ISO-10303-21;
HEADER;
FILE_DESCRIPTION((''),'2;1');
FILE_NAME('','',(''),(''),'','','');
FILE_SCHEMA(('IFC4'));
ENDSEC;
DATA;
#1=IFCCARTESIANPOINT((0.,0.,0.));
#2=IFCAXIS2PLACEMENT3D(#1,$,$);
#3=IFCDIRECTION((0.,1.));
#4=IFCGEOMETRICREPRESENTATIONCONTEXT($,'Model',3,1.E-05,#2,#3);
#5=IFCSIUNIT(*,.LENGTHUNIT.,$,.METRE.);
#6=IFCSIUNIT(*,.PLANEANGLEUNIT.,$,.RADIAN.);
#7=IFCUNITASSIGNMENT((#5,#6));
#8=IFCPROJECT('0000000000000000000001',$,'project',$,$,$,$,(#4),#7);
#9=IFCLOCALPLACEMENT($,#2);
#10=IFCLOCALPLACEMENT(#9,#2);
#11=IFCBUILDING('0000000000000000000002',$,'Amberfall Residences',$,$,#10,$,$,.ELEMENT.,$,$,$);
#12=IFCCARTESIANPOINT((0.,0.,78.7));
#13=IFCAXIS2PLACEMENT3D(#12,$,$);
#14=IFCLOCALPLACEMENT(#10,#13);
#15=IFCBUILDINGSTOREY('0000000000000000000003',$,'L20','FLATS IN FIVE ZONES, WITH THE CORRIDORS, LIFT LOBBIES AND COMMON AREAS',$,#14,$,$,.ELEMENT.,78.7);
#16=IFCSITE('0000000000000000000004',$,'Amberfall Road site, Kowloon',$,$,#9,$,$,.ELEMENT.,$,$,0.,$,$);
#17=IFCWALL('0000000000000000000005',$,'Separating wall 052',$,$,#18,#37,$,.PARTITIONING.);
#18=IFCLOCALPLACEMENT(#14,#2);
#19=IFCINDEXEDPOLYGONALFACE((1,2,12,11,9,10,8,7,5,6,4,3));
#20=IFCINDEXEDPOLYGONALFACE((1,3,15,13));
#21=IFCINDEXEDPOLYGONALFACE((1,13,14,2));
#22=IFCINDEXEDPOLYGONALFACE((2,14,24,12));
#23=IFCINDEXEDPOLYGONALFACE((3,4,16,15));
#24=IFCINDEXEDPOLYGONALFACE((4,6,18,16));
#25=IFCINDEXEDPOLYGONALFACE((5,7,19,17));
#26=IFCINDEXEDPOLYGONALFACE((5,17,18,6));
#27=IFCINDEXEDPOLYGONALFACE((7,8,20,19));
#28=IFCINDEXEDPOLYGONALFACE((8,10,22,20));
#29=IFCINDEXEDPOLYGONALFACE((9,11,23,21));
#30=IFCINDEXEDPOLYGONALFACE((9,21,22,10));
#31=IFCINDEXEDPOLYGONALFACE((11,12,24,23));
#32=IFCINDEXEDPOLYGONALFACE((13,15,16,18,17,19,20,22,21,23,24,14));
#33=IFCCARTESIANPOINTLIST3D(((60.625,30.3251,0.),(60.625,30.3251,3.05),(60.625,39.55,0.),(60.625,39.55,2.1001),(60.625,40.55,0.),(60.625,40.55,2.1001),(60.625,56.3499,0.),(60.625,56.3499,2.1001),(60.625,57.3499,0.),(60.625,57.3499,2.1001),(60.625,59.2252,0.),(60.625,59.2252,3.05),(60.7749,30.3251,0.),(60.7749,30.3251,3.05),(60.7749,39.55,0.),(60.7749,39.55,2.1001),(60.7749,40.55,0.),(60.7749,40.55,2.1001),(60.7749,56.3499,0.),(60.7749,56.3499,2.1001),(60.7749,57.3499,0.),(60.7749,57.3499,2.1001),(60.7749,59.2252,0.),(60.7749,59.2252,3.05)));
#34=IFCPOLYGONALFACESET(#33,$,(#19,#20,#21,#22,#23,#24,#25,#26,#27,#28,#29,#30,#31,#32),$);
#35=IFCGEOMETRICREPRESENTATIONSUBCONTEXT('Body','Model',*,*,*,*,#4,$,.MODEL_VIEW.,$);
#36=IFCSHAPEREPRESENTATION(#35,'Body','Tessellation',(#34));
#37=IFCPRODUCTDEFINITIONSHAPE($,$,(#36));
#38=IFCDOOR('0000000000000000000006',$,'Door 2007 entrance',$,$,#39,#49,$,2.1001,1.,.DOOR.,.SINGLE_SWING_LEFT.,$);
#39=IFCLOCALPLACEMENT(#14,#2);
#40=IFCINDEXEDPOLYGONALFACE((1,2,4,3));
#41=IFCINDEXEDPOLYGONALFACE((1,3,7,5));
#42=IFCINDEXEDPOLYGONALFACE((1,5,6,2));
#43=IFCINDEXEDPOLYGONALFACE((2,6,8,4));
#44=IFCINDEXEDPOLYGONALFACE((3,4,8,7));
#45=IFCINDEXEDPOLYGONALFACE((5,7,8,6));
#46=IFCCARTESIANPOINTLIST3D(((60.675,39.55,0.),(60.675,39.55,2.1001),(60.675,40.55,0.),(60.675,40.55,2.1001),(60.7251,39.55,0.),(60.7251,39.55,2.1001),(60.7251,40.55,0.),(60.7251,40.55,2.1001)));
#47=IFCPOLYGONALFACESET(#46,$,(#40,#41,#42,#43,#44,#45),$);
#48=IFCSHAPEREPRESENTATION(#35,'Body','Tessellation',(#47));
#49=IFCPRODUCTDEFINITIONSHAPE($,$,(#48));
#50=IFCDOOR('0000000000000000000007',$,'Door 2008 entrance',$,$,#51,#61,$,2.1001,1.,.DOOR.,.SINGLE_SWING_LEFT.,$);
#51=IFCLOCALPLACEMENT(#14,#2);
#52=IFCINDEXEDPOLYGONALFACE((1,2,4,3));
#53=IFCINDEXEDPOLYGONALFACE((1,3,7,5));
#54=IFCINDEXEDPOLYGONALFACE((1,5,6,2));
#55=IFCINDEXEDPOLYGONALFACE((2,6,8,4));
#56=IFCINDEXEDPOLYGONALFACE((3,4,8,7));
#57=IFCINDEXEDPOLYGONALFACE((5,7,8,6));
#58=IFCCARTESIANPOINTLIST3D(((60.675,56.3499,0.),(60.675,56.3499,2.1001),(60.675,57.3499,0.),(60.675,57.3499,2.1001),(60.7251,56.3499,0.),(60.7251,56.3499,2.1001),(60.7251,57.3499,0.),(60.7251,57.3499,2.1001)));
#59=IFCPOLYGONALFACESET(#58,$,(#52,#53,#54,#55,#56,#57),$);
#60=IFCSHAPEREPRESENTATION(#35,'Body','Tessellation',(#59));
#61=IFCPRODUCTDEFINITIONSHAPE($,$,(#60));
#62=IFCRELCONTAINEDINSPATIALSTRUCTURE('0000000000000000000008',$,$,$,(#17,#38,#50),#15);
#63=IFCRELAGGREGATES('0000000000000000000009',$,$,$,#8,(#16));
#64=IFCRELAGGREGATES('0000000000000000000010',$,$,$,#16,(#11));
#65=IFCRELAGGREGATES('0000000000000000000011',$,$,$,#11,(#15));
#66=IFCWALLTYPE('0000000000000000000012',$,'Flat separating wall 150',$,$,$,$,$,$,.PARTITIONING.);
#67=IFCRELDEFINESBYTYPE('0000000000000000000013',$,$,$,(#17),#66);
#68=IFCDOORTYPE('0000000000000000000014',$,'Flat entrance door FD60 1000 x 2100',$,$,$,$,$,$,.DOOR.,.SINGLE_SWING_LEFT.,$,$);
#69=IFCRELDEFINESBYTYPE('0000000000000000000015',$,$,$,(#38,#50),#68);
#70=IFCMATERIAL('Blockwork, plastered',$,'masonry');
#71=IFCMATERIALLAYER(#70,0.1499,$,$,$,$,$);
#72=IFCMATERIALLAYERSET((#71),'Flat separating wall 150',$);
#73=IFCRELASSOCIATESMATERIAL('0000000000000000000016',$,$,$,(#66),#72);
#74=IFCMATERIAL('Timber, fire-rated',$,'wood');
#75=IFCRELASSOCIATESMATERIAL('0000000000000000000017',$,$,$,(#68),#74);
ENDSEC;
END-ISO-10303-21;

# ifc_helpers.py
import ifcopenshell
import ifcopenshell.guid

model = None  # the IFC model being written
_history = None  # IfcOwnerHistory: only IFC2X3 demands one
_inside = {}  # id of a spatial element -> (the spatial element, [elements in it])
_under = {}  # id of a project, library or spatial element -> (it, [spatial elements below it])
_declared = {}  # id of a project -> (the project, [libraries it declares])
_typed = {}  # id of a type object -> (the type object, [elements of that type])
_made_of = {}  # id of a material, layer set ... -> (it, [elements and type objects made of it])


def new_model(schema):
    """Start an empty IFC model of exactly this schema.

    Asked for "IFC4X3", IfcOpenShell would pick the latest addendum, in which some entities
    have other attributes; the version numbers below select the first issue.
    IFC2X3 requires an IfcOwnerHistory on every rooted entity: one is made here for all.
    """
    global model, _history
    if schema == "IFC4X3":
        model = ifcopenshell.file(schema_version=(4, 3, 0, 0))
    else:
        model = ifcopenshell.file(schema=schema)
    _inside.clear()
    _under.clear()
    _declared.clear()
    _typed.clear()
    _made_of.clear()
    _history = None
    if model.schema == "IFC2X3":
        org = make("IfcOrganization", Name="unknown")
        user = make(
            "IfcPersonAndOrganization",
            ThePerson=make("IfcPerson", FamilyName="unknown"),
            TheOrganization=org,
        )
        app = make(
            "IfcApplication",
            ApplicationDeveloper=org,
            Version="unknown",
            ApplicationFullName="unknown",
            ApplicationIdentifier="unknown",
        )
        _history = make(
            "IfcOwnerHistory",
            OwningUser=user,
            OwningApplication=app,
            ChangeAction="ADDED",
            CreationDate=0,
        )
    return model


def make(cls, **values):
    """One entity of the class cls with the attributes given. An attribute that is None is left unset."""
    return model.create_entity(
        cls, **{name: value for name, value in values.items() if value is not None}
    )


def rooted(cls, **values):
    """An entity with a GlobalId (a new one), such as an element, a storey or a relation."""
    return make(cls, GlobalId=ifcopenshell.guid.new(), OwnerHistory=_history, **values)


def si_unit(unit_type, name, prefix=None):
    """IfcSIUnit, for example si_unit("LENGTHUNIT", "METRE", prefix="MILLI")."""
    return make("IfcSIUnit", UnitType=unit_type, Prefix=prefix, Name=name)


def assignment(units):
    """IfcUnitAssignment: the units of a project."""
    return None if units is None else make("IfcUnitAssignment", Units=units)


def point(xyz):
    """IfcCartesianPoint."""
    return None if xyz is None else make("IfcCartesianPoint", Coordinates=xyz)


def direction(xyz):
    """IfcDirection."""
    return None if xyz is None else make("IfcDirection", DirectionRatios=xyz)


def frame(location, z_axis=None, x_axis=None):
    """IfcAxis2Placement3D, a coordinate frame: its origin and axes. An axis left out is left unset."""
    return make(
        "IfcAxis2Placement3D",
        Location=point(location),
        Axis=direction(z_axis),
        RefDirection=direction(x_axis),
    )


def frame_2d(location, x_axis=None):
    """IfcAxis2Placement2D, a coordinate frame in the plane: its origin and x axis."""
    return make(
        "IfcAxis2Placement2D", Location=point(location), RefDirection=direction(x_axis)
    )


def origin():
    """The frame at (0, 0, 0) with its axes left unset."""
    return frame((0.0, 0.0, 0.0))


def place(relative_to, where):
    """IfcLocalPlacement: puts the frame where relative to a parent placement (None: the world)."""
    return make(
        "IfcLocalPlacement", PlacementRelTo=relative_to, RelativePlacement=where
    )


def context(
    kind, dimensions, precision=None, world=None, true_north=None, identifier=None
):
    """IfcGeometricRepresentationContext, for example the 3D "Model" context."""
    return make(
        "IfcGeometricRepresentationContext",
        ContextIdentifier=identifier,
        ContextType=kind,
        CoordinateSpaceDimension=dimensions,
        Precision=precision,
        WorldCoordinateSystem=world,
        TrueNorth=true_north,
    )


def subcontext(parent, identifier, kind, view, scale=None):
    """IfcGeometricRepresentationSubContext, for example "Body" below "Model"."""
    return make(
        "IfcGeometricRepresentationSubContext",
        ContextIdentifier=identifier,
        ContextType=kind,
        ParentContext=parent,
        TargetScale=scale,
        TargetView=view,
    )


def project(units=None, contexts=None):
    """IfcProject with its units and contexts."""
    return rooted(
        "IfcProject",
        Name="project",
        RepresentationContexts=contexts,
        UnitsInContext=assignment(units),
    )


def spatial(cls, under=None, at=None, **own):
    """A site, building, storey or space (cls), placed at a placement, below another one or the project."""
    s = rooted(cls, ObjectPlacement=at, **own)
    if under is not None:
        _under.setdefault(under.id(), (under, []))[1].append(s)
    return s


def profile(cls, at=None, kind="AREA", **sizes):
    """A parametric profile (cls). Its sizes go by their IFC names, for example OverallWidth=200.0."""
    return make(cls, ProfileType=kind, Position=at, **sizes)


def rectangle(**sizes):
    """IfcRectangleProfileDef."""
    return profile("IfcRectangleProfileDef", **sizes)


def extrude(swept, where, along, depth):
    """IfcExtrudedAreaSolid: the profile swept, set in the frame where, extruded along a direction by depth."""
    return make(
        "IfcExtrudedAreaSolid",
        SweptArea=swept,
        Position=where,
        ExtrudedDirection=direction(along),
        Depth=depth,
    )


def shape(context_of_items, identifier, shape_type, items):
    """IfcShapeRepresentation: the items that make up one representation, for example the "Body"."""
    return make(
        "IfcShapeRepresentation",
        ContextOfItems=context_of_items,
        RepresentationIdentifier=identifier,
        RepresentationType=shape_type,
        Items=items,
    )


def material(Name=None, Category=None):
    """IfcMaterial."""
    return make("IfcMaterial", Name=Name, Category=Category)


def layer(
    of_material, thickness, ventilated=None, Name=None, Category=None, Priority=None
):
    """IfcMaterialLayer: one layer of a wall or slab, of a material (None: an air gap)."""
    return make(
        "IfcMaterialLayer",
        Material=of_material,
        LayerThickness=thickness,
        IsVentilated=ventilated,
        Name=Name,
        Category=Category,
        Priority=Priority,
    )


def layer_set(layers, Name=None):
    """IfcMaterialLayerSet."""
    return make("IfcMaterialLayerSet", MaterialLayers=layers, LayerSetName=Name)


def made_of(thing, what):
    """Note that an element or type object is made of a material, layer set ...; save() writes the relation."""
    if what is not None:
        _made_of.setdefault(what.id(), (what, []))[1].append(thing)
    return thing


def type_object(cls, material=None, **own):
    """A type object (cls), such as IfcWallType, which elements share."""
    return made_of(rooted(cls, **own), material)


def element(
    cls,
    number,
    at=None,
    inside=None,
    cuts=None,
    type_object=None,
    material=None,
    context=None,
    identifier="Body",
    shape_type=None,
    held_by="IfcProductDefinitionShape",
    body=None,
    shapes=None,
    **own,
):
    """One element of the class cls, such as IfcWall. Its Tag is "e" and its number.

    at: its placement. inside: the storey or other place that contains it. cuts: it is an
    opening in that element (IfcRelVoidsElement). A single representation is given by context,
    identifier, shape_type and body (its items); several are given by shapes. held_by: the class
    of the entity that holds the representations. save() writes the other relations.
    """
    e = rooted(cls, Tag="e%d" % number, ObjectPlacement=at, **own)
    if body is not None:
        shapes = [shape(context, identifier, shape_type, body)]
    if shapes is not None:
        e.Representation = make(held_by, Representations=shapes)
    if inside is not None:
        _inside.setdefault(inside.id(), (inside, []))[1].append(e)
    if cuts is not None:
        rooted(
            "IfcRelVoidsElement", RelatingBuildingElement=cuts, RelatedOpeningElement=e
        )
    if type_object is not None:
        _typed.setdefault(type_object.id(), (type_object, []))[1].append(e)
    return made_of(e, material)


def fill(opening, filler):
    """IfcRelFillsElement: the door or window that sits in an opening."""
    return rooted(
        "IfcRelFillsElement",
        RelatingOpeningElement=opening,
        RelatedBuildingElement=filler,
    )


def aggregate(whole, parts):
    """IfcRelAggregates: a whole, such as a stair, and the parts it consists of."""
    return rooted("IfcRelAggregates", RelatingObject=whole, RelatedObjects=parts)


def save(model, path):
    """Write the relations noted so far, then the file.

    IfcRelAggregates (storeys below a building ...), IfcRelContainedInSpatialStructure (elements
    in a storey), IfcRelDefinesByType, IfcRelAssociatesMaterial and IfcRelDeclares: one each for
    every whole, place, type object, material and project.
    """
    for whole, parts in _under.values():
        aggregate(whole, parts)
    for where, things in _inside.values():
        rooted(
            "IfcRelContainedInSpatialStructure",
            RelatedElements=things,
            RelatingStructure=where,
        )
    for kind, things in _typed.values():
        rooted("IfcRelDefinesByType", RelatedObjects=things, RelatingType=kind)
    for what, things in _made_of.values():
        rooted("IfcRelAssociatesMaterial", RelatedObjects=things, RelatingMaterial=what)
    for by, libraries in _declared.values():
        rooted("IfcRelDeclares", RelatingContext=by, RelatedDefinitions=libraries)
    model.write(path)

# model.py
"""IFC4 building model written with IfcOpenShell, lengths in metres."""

from ifc_helpers import new_model, si_unit, direction, frame, frame_2d, origin, place, context, subcontext, project, spatial, rectangle, extrude, material, layer, layer_set, type_object, element, fill, save


model = new_model("IFC4")

# Units and contexts
model_context = context("Model", 3, precision=1e-05, world=origin(), true_north=direction((0.0, 1.0)))
body_context = subcontext(model_context, "Body", "Model", "MODEL_VIEW")
ifc_project = project(units=[si_unit("LENGTHUNIT", "METRE"), si_unit("PLANEANGLEUNIT", "RADIAN")], contexts=[model_context])

# Site, building, storey
site_placement = place(None, origin())
site = spatial("IfcSite", under=ifc_project, at=site_placement, Name="Amberfall Road site, Kowloon", CompositionType="ELEMENT", RefElevation=0.0)
building_placement = place(site_placement, origin())
building = spatial("IfcBuilding", under=site, at=building_placement, Name="Amberfall Residences", CompositionType="ELEMENT")
storey_placement = place(building_placement, frame((0.0, 0.0, 78.7)))
storey = spatial("IfcBuildingStorey", under=building, at=storey_placement, Name="L20", Description="FLATS IN FIVE ZONES, WITH THE CORRIDORS, LIFT LOBBIES AND COMMON AREAS", CompositionType="ELEMENT", Elevation=78.7)

# Wall, openings, doors
ifc_material_1 = material(Name="Blockwork, plastered", Category="masonry")
ifc_layer_1 = layer(ifc_material_1, 0.1499)
ifc_layer_set_1 = layer_set([ifc_layer_1], Name="Flat separating wall 150")
wall_type_1 = type_object("IfcWallType", Name="Flat separating wall 150", PredefinedType="PARTITIONING", material=ifc_layer_set_1)
wall_1_placement = place(storey_placement, frame((60.7, 30.325, 0.0), z_axis=(0.0, 0.0, 1.0), x_axis=(0.0, 1.0, 0.0)))
wall_1 = element("IfcWall", 1, at=wall_1_placement, inside=storey, type_object=wall_type_1, Name="Separating wall 052", PredefinedType="PARTITIONING", context=body_context, shape_type="SweptSolid", body=[
    extrude(rectangle(XDim=28.9001, YDim=0.1499, at=frame_2d((14.4502, 0.0))), origin(), (0.0, 0.0, 1.0), 3.05),
])
opening_1_placement = place(wall_1_placement, frame((9.2251, 0.0, 0.0)))
opening_1 = element("IfcOpeningElement", 2, at=opening_1_placement, cuts=wall_1, PredefinedType="OPENING", context=body_context, shape_type="SweptSolid", body=[
    extrude(rectangle(XDim=1.0, YDim=2.1001, at=frame_2d((0.5, 1.05))), frame((0.0, 0.085, 0.0), z_axis=(0.0, -1.0, 0.0), x_axis=(1.0, 0.0, 0.0)), (0.0, 0.0, 1.0), 0.1699),
])
opening_2_placement = place(wall_1_placement, frame((26.0249, 0.0, 0.0)))
opening_2 = element("IfcOpeningElement", 3, at=opening_2_placement, cuts=wall_1, PredefinedType="OPENING", context=body_context, shape_type="SweptSolid", body=[
    extrude(rectangle(XDim=1.0, YDim=2.1001, at=frame_2d((0.5, 1.05))), frame((0.0, 0.085, 0.0), z_axis=(0.0, -1.0, 0.0), x_axis=(1.0, 0.0, 0.0)), (0.0, 0.0, 1.0), 0.1699),
])
ifc_material_2 = material(Name="Timber, fire-rated", Category="wood")
door_type_1 = type_object("IfcDoorType", Name="Flat entrance door FD60 1000 x 2100", OperationType="SINGLE_SWING_LEFT", PredefinedType="DOOR", material=ifc_material_2)
door_1_placement = place(opening_1_placement, origin())
door_1 = element("IfcDoor", 4, at=door_1_placement, inside=storey, type_object=door_type_1, Name="Door 2007 entrance", OperationType="SINGLE_SWING_LEFT", OverallHeight=2.1001, OverallWidth=1.0, PredefinedType="DOOR", context=body_context, shape_type="SweptSolid", body=[
    extrude(rectangle(XDim=1.0, YDim=2.1001, at=frame_2d((0.5, 1.05))), frame((0.0, 0.0249, 0.0), z_axis=(0.0, -1.0, 0.0), x_axis=(1.0, 0.0, 0.0)), (0.0, 0.0, 1.0), 0.05),
])
fill(opening_1, door_1)
door_2_placement = place(opening_2_placement, origin())
door_2 = element("IfcDoor", 5, at=door_2_placement, inside=storey, type_object=door_type_1, Name="Door 2008 entrance", OperationType="SINGLE_SWING_LEFT", OverallHeight=2.1001, OverallWidth=1.0, PredefinedType="DOOR", context=body_context, shape_type="SweptSolid", body=[
    extrude(rectangle(XDim=1.0, YDim=2.1001, at=frame_2d((0.5, 1.05))), frame((0.0, 0.0249, 0.0), z_axis=(0.0, -1.0, 0.0), x_axis=(1.0, 0.0, 0.0)), (0.0, 0.0, 1.0), 0.05),
])
fill(opening_2, door_2)

save(model, "model.ifc")
